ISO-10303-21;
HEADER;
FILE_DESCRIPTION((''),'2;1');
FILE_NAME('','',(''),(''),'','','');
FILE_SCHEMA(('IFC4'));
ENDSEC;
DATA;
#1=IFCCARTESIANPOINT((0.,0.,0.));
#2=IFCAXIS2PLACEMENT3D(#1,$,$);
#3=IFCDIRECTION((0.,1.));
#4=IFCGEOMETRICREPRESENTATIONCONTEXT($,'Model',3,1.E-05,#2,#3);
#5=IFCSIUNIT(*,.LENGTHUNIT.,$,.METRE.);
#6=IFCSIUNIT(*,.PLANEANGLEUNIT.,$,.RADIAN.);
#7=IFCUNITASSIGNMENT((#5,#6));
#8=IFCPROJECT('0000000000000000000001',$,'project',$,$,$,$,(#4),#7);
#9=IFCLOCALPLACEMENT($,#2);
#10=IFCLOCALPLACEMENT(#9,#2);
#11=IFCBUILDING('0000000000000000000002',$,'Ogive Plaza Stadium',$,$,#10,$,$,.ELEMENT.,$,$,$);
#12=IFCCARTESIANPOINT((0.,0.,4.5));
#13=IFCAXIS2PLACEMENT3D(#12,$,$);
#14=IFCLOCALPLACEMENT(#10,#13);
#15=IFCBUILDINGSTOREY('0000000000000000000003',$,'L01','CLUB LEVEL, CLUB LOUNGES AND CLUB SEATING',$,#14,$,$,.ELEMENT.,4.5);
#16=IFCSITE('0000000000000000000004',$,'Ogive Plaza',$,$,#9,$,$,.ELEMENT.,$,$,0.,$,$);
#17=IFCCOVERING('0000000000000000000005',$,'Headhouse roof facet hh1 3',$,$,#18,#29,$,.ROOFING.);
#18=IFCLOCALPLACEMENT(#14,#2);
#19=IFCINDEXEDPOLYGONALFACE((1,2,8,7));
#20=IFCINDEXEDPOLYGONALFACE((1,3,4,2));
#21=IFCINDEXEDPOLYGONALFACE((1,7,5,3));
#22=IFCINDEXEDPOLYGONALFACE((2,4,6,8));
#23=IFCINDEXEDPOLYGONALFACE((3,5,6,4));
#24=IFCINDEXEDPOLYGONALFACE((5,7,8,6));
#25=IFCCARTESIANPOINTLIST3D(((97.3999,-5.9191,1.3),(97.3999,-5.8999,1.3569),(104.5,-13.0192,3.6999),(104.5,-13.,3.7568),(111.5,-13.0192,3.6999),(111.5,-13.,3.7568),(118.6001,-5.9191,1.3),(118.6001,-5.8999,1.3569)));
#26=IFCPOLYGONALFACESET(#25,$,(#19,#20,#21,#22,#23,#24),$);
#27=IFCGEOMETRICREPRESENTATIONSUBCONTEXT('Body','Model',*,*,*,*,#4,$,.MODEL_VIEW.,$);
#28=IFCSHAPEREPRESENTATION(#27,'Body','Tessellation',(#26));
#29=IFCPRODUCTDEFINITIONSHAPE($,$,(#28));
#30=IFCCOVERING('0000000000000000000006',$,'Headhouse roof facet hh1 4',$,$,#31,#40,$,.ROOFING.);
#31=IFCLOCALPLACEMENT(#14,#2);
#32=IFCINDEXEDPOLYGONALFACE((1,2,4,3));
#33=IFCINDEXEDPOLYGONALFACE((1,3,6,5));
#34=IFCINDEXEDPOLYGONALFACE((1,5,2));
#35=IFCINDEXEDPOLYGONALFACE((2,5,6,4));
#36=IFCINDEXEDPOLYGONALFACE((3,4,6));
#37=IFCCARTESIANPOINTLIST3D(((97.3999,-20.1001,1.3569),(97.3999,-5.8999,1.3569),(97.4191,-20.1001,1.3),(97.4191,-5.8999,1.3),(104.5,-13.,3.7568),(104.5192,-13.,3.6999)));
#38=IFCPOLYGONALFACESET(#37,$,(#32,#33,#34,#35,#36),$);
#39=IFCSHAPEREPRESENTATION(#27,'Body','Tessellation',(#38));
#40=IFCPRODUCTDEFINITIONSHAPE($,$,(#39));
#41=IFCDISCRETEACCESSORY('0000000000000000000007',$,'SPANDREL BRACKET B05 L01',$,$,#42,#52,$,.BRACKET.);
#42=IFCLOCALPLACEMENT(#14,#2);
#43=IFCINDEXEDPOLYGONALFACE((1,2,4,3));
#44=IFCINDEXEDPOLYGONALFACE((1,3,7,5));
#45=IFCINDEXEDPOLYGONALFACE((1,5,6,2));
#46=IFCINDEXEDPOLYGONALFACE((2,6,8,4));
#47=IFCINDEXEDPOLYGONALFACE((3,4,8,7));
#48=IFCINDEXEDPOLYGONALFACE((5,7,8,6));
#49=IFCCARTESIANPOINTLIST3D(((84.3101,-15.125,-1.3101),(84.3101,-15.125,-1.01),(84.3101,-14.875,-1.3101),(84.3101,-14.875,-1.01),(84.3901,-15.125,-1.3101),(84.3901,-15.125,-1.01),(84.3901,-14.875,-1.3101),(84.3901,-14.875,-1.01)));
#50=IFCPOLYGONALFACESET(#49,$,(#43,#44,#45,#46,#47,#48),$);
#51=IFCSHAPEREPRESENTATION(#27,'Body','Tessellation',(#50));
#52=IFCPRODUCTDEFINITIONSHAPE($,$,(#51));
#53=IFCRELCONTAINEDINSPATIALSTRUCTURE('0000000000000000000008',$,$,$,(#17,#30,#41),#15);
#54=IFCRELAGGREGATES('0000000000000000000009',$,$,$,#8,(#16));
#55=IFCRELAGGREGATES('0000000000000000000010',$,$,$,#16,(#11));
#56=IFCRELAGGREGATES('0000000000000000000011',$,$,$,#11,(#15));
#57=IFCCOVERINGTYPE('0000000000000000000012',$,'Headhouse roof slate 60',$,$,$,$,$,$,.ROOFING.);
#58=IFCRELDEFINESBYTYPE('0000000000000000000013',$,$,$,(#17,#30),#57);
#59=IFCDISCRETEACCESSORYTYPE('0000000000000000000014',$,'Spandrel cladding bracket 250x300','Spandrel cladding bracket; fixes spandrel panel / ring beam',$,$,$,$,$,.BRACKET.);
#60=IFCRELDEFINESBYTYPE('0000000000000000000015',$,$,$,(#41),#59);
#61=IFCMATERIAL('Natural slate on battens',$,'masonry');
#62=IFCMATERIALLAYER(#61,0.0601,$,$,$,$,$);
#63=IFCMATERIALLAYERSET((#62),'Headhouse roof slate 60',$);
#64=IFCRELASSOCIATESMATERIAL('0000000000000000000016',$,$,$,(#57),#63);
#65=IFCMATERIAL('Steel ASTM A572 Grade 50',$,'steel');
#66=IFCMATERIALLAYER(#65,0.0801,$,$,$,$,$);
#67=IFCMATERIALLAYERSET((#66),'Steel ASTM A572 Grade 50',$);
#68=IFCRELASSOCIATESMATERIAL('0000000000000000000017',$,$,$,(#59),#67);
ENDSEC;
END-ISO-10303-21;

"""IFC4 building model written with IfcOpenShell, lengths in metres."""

from ifc_helpers import new_model, si_unit, direction, frame, origin, origin_2d, place, context, subcontext, project, spatial, polyline, rectangle, outline, extrude, material, layer, layer_set, type_object, element, save


model = new_model("IFC4")

# Units and contexts
model_context = context("Model", 3, precision=1e-05, world=origin(), true_north=direction((0.0, 1.0)))
body_context = subcontext(model_context, "Body", "Model", "MODEL_VIEW")
ifc_project = project(units=[si_unit("LENGTHUNIT", "METRE"), si_unit("PLANEANGLEUNIT", "RADIAN")], contexts=[model_context])

# Site, building, storey
site_placement = place(None, origin())
site = spatial("IfcSite", under=ifc_project, at=site_placement, Name="Ogive Plaza", CompositionType="ELEMENT", RefElevation=0.0)
building_placement = place(site_placement, origin())
building = spatial("IfcBuilding", under=site, at=building_placement, Name="Ogive Plaza Stadium", CompositionType="ELEMENT")
storey_placement = place(building_placement, frame((0.0, 0.0, 4.5)))
storey = spatial("IfcBuildingStorey", under=building, at=storey_placement, Name="L01", Description="CLUB LEVEL, CLUB LOUNGES AND CLUB SEATING", CompositionType="ELEMENT", Elevation=4.5)

# Coverings
ifc_material_1 = material(Name="Natural slate on battens", Category="masonry")
ifc_layer_1 = layer(ifc_material_1, 0.0601)
ifc_layer_set_1 = layer_set([ifc_layer_1], Name="Headhouse roof slate 60")
covering_type = type_object("IfcCoveringType", Name="Headhouse roof slate 60", PredefinedType="ROOFING", material=ifc_layer_set_1)
covering_1_placement = place(storey_placement, frame((118.6001, -5.8999, 1.3569), z_axis=(0.0, 0.320212, 0.947346), x_axis=(-1.0, 0.0, 0.0)))
element("IfcCovering", 1, at=covering_1_placement, inside=storey, type_object=covering_type, Name="Headhouse roof facet hh1 3", PredefinedType="ROOFING", context=body_context, shape_type="SweptSolid", body=[
    extrude(outline(polyline([(0.0, 0.0), (21.2002, 0.0), (14.1001, 7.4947), (7.1001, 7.4947), (0.0, 0.0)])), origin(), (0.0, 0.0, -1.0), 0.0601),
])
covering_2_placement = place(storey_placement, frame((97.3999, -5.8999, 1.3569), z_axis=(-0.320212, 0.0, 0.947346), x_axis=(0.0, -1.0, 0.0)))
element("IfcCovering", 2, at=covering_2_placement, inside=storey, type_object=covering_type, Name="Headhouse roof facet hh1 4", PredefinedType="ROOFING", context=body_context, shape_type="SweptSolid", body=[
    extrude(outline(polyline([(0.0, 0.0), (14.2002, 0.0), (7.1001, 7.4947), (0.0, 0.0)])), origin(), (0.0, 0.0, -1.0), 0.0601),
])

# Discrete accessory
ifc_material_2 = material(Name="Steel ASTM A572 Grade 50", Category="steel")
ifc_layer_2 = layer(ifc_material_2, 0.0801)
ifc_layer_set_2 = layer_set([ifc_layer_2], Name="Steel ASTM A572 Grade 50")
discrete_accessory_type = type_object("IfcDiscreteAccessoryType", Name="Spandrel cladding bracket 250x300", Description="Spandrel cladding bracket; fixes spandrel panel / ring beam", PredefinedType="BRACKET", material=ifc_layer_set_2)
discrete_accessory_placement = place(storey_placement, frame((84.3501, -15.0, -1.3101), z_axis=(0.0, 0.0, 1.0), x_axis=(0.0, -1.0, 0.0)))
element("IfcDiscreteAccessory", 3, at=discrete_accessory_placement, inside=storey, type_object=discrete_accessory_type, Name="SPANDREL BRACKET B05 L01", PredefinedType="BRACKET", context=body_context, shape_type="SweptSolid", body=[
    extrude(rectangle(XDim=0.25, YDim=0.0801, at=origin_2d()), origin(), (0.0, 0.0, 1.0), 0.3),
])

save(model, "model.ifc")
